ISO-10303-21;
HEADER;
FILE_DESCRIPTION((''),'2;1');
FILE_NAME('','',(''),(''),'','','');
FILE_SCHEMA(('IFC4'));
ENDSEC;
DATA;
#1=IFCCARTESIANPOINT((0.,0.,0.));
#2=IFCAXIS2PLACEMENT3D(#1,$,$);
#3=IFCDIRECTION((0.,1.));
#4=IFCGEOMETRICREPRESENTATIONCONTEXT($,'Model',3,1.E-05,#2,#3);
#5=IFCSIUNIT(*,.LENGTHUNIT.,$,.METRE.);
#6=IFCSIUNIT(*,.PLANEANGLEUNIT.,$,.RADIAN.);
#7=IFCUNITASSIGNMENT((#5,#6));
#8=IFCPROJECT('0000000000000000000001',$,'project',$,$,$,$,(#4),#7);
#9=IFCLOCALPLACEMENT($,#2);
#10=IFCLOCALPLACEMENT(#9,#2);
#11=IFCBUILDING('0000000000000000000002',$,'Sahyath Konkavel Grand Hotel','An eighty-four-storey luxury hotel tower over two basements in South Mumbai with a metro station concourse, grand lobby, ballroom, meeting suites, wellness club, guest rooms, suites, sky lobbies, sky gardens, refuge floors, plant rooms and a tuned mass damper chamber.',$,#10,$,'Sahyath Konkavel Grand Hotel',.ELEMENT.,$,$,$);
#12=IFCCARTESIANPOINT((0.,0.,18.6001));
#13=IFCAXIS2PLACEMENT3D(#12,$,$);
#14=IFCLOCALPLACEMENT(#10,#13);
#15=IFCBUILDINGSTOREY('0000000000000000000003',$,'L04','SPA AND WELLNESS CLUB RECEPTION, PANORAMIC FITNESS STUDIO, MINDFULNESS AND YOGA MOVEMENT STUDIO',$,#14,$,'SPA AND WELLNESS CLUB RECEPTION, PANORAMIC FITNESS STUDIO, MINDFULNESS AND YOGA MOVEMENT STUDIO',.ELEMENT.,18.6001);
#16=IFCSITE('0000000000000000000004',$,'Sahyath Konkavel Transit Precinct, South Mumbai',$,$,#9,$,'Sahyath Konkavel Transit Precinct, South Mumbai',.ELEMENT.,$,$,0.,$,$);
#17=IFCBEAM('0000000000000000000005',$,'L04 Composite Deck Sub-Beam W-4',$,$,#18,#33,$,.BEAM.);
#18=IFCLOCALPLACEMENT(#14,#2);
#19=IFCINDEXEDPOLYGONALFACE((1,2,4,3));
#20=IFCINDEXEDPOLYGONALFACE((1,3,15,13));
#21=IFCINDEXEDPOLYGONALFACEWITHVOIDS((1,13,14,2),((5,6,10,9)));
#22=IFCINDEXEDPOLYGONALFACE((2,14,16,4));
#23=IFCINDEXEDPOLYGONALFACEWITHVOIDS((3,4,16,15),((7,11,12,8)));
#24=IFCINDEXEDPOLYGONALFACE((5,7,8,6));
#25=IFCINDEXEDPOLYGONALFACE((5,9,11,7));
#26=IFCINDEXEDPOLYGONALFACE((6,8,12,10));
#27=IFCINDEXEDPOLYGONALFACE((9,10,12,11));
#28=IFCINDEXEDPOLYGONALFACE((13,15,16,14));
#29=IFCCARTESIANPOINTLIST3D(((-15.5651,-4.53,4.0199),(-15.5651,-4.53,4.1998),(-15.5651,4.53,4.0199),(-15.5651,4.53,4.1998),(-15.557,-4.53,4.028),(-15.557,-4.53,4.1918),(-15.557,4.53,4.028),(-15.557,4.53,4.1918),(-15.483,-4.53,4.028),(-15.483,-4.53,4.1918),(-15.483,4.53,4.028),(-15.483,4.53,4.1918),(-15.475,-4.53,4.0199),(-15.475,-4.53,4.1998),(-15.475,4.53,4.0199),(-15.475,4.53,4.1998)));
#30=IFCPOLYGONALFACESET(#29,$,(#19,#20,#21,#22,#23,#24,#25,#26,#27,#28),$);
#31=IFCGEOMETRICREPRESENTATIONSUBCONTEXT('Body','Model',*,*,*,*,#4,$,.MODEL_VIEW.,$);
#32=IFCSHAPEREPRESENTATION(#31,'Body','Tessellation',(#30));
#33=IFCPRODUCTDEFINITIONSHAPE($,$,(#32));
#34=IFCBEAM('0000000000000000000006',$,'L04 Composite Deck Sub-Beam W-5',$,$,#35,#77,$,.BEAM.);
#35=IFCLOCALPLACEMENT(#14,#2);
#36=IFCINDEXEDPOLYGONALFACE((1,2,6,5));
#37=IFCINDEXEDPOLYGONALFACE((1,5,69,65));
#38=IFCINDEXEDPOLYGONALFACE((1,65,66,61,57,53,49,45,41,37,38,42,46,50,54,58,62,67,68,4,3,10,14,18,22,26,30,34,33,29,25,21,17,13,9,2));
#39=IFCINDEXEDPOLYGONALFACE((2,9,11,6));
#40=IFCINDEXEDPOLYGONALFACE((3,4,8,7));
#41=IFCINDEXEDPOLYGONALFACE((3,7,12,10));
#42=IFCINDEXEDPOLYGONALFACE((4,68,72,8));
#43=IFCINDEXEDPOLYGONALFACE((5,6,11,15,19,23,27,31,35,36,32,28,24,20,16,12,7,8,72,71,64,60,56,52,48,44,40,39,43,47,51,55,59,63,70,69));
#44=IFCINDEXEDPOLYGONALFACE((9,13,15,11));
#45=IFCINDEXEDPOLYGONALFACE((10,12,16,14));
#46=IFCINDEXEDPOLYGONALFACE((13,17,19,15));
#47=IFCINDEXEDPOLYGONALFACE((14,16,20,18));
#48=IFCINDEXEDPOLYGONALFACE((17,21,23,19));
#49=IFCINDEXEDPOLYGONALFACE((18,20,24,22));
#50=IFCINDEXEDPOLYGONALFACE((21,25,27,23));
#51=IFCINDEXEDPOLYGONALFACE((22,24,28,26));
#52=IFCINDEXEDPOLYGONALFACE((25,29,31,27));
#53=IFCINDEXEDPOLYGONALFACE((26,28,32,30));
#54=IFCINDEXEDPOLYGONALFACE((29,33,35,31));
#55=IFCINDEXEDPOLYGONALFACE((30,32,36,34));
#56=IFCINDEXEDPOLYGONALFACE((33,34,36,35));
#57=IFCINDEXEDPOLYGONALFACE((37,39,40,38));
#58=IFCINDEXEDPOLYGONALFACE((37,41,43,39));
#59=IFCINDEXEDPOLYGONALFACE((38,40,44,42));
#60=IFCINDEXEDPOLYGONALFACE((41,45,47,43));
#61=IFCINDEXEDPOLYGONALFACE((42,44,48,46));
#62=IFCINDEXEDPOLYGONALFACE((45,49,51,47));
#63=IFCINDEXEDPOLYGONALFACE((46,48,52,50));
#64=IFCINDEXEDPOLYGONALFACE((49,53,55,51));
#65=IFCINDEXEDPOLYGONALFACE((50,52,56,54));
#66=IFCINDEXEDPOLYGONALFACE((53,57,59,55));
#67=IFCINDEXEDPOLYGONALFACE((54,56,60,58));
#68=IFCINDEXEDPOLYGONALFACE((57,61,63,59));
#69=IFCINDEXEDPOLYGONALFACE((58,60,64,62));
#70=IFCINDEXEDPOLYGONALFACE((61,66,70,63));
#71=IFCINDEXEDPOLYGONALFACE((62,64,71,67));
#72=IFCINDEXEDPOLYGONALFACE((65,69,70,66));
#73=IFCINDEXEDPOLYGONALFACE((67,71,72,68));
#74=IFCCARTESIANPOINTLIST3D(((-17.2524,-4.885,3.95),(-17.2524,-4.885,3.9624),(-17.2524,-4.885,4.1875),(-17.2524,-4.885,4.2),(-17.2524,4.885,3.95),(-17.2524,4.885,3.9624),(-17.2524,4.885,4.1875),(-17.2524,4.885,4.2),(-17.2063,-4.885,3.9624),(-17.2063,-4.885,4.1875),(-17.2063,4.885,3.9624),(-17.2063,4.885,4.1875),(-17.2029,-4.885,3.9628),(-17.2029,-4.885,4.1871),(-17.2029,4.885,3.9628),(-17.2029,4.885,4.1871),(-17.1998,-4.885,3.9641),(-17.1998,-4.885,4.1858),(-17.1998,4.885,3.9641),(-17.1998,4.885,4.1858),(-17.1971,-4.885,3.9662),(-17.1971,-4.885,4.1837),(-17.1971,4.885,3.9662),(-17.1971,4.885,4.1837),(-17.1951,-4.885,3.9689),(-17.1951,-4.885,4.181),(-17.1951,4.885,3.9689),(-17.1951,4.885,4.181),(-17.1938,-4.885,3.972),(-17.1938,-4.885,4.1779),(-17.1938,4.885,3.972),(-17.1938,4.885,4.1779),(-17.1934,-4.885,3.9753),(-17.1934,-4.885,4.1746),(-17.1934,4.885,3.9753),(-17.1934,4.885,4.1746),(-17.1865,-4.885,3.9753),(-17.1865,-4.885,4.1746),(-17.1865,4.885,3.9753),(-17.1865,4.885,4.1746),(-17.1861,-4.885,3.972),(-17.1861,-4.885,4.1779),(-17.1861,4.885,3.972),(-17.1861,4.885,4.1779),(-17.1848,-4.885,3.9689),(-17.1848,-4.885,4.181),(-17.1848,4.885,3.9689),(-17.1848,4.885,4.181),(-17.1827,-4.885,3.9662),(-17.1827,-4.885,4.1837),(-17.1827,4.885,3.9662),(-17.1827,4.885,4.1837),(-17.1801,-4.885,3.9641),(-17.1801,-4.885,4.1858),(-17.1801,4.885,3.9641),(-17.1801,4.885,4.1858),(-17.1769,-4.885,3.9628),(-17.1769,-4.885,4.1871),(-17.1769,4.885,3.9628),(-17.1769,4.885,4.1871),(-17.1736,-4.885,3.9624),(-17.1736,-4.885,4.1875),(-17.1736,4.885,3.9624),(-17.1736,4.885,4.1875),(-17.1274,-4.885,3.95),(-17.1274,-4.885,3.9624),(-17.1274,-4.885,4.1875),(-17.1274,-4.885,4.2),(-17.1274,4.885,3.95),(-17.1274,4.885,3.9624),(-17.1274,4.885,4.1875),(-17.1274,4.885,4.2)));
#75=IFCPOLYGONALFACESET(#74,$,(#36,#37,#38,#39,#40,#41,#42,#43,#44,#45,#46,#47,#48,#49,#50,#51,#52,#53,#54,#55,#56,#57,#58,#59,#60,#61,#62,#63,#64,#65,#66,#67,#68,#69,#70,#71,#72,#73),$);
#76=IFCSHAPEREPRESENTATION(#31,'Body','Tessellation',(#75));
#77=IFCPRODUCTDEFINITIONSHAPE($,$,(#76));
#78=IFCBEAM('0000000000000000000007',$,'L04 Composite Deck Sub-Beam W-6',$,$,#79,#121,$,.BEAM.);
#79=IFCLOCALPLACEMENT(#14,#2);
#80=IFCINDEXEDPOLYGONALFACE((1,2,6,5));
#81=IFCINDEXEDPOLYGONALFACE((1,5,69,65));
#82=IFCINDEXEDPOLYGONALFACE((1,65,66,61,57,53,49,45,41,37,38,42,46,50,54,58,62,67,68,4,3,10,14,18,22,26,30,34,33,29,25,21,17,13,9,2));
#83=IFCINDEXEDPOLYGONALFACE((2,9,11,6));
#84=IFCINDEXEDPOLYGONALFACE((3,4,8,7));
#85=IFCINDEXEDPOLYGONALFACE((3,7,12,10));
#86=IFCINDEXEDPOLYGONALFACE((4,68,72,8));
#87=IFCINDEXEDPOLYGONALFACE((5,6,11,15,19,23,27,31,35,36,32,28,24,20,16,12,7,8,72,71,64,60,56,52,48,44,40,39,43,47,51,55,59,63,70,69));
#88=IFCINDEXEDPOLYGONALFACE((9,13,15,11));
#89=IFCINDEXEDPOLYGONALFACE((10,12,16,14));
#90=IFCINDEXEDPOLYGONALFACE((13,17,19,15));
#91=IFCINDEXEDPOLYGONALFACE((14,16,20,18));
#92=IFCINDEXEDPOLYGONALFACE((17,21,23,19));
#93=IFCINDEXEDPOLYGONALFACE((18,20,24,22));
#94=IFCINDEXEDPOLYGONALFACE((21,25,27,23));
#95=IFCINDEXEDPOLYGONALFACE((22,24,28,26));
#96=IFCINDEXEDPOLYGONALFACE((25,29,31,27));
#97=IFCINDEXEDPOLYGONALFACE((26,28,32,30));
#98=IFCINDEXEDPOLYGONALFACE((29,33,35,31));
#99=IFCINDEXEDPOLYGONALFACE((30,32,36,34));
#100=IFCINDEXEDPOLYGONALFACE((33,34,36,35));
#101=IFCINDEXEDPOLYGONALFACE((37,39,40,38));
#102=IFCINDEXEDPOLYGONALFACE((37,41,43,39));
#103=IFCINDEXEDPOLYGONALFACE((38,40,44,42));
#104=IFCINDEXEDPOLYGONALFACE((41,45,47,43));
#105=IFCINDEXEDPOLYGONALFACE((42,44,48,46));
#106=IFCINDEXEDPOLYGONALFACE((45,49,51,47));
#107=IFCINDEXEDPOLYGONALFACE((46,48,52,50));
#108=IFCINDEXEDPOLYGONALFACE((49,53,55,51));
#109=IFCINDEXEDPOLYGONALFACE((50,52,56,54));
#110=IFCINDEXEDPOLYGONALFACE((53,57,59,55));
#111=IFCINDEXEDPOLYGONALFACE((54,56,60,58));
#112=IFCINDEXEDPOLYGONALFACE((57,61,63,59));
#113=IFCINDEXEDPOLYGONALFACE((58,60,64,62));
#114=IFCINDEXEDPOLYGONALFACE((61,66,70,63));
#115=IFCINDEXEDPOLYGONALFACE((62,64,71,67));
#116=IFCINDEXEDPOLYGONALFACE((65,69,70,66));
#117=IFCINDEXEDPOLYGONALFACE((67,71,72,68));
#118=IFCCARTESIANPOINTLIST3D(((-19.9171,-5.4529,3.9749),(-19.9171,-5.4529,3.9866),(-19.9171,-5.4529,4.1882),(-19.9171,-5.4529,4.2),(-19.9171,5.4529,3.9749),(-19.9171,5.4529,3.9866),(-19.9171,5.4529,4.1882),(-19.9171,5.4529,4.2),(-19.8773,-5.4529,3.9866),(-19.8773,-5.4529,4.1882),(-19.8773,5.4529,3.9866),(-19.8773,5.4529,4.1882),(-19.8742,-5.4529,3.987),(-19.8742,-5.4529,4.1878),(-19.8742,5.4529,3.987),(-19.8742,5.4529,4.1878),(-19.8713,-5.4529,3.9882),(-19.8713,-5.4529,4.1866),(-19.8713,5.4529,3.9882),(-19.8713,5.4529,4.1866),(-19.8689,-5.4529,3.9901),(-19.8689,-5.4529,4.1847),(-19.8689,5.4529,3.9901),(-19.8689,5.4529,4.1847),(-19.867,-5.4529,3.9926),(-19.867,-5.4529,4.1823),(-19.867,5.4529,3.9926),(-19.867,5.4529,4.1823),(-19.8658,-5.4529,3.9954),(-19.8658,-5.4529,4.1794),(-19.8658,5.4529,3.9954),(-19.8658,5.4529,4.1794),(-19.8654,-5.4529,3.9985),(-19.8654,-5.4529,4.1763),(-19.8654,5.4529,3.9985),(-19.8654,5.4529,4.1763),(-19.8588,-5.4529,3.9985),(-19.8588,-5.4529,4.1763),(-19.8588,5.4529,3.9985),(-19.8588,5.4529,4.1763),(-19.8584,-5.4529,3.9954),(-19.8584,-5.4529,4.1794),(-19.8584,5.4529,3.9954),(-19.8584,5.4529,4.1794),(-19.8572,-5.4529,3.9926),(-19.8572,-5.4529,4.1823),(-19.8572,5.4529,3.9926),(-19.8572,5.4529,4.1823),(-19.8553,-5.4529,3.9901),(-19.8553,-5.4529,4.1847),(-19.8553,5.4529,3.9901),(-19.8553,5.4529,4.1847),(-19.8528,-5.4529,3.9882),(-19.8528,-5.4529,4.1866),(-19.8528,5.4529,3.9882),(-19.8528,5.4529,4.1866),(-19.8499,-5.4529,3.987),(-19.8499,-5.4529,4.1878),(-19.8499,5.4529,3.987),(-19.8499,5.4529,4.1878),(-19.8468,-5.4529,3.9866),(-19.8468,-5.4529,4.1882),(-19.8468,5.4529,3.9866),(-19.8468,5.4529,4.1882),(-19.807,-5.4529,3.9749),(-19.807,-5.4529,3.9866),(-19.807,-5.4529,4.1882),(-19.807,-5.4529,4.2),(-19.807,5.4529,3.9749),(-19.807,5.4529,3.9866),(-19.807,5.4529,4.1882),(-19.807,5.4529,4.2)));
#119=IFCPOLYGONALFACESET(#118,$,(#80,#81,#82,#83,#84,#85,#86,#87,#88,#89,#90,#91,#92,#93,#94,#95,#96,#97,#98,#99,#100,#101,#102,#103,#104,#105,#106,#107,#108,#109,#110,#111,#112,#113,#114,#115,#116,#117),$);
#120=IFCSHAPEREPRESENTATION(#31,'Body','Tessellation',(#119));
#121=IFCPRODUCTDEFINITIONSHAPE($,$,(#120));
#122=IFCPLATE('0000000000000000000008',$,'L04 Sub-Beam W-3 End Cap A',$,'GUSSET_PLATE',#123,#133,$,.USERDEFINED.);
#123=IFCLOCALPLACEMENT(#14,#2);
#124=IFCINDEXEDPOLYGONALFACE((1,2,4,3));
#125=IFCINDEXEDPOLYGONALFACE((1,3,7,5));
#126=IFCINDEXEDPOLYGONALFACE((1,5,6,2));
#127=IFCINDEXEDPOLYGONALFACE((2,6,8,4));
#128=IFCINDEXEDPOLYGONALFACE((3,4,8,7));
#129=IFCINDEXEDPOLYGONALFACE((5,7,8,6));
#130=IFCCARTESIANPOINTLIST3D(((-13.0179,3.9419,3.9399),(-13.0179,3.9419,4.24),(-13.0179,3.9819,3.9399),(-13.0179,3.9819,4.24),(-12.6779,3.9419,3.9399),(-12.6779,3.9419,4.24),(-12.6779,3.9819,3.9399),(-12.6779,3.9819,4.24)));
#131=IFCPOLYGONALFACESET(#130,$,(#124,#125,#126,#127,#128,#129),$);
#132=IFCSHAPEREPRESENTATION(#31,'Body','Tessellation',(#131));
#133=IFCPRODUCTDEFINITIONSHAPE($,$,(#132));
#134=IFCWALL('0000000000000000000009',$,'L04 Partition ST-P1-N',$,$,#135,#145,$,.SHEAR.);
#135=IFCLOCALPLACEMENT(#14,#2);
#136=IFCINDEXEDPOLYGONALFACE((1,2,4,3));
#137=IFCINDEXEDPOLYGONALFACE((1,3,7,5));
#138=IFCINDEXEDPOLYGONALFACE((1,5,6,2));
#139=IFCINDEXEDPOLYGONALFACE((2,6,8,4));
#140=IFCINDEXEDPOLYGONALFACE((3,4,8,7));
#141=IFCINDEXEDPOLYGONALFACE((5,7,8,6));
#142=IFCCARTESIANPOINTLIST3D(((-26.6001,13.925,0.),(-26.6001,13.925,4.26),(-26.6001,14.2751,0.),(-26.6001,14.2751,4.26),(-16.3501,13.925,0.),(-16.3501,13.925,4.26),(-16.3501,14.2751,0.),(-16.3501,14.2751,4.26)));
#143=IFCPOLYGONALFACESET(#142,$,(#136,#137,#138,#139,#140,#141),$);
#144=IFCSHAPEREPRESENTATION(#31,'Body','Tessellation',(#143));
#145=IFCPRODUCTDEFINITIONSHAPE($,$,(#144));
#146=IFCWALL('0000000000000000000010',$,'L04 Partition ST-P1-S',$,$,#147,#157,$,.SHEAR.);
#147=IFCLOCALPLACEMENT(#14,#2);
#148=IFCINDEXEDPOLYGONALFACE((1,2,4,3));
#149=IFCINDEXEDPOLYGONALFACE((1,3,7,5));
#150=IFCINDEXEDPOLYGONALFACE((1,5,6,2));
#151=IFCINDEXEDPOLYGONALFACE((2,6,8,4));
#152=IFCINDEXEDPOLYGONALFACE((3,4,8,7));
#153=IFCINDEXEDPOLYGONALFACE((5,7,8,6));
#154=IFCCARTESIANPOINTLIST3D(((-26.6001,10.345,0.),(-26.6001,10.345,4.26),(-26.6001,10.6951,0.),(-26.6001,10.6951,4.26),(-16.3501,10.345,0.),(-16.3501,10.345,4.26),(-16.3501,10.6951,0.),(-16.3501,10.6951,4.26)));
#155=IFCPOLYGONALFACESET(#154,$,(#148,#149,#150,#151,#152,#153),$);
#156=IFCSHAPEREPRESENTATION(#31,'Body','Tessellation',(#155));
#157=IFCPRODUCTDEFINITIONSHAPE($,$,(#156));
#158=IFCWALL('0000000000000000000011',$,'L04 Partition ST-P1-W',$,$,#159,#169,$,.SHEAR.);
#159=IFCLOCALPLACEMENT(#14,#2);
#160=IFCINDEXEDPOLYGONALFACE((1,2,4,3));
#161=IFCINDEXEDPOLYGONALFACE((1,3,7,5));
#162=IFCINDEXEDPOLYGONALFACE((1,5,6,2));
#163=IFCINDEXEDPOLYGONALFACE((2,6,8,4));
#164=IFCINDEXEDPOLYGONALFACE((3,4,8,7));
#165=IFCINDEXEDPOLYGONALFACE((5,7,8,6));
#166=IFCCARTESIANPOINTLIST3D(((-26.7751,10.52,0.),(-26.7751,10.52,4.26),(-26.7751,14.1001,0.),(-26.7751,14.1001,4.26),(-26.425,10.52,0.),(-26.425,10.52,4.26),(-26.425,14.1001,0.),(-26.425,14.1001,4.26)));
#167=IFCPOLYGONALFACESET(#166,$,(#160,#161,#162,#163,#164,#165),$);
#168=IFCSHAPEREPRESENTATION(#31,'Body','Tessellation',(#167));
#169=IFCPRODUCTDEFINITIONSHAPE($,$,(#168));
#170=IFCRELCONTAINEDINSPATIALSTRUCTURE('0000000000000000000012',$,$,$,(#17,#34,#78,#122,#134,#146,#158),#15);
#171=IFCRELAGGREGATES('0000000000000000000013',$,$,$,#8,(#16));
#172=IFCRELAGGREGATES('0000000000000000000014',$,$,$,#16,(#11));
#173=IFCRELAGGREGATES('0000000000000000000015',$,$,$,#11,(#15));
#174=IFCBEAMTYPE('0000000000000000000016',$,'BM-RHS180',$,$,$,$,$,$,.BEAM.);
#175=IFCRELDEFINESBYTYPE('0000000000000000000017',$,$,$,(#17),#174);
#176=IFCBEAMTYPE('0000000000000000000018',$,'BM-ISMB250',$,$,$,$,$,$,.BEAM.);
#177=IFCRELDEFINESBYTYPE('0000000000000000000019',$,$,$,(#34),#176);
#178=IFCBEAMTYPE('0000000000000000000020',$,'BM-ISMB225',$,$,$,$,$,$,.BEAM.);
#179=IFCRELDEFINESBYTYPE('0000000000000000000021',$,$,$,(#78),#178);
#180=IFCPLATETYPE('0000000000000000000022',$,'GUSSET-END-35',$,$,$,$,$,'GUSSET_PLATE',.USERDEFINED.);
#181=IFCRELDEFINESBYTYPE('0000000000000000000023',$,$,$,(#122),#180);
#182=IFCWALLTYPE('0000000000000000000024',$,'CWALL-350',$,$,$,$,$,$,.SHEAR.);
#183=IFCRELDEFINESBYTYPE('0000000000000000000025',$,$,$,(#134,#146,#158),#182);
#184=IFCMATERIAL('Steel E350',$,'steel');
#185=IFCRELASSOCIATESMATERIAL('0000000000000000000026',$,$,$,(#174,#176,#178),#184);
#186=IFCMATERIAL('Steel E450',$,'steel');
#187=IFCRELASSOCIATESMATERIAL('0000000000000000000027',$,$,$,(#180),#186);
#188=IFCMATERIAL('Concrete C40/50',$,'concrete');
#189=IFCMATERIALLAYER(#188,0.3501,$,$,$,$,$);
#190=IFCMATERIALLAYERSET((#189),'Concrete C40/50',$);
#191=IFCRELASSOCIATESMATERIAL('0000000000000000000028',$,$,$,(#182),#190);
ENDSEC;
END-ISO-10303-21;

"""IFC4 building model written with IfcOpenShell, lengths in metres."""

from ifc_helpers import new_model, si_unit, direction, frame, frame_2d, origin, origin_2d, place, context, subcontext, project, spatial, rectangle, hollow_rectangle, i_section, extrude, source, transform, mapped, material, layer, layer_set, material_profile, profile_set, type_object, element, save


model = new_model("IFC4")

# Units and contexts
model_context = context("Model", 3, precision=1e-05, world=origin(), true_north=direction((0.0, 1.0)))
body_context = subcontext(model_context, "Body", "Model", "MODEL_VIEW")
ifc_project = project(units=[si_unit("LENGTHUNIT", "METRE"), si_unit("PLANEANGLEUNIT", "RADIAN")], contexts=[model_context])

# Site, building, storey
site_placement = place(None, origin())
site = spatial("IfcSite", under=ifc_project, at=site_placement, Name="Sahyath Konkavel Transit Precinct, South Mumbai", LongName="Sahyath Konkavel Transit Precinct, South Mumbai", CompositionType="ELEMENT", RefElevation=0.0)
building_placement = place(site_placement, origin())
building = spatial("IfcBuilding", under=site, at=building_placement, Name="Sahyath Konkavel Grand Hotel", Description="An eighty-four-storey luxury hotel tower over two basements in South Mumbai with a metro station concourse, grand lobby, ballroom, meeting suites, wellness club, guest rooms, suites, sky lobbies, sky gardens, refuge floors, plant rooms and a tuned mass damper chamber.", LongName="Sahyath Konkavel Grand Hotel", CompositionType="ELEMENT")
storey_placement = place(building_placement, frame((0.0, 0.0, 18.6001)))
storey = spatial("IfcBuildingStorey", under=building, at=storey_placement, Name="L04", Description="SPA AND WELLNESS CLUB RECEPTION, PANORAMIC FITNESS STUDIO, MINDFULNESS AND YOGA MOVEMENT STUDIO", LongName="SPA AND WELLNESS CLUB RECEPTION, PANORAMIC FITNESS STUDIO, MINDFULNESS AND YOGA MOVEMENT STUDIO", CompositionType="ELEMENT", Elevation=18.6001)

# Beams
ifc_material_1 = material(Name="Steel E350", Category="steel")
ifc_material_profile_1 = material_profile(ifc_material_1, hollow_rectangle(XDim=0.0901, YDim=0.1799, WallThickness=0.0081, at=origin_2d()), Name="RHS 180x90x8")
ifc_profile_set_1 = profile_set([ifc_material_profile_1], Name="Steel E350")
beam_type_1 = type_object("IfcBeamType", Name="BM-RHS180", PredefinedType="BEAM", material=ifc_profile_set_1)
shared_shape_1 = source(origin(), body_context, "Body", "SweptSolid", [
    extrude(hollow_rectangle(XDim=0.0901, YDim=0.1799, WallThickness=0.0081, at=origin_2d()), origin(), (0.0, 0.0, 1.0), 9.0601),
])
beam_1_placement = place(storey_placement, frame((-15.52, 4.53, 4.1099), z_axis=(0.0, -1.0, 0.0), x_axis=(1.0, 0.0, 0.0)))
element("IfcBeam", 1, at=beam_1_placement, inside=storey, type_object=beam_type_1, Name="L04 Composite Deck Sub-Beam W-4", PredefinedType="BEAM", context=body_context, shape_type="MappedRepresentation", body=[
    mapped(shared_shape_1, transform((0.0, 0.0, 0.0), scale=1.0)),
])
ifc_material_profile_2 = material_profile(ifc_material_1, i_section(OverallWidth=0.125, OverallDepth=0.25, WebThickness=0.0068, FlangeThickness=0.0125, FilletRadius=0.0129, at=origin_2d()), Name="ISMB 250")
ifc_profile_set_2 = profile_set([ifc_material_profile_2], Name="Steel E350")
beam_type_2 = type_object("IfcBeamType", Name="BM-ISMB250", PredefinedType="BEAM", material=ifc_profile_set_2)
shared_shape_2 = source(origin(), body_context, "Body", "SweptSolid", [
    extrude(i_section(OverallWidth=0.125, OverallDepth=0.25, WebThickness=0.0068, FlangeThickness=0.0125, FilletRadius=0.0129, at=origin_2d()), origin(), (0.0, 0.0, 1.0), 9.77),
])
beam_2_placement = place(storey_placement, frame((-17.1899, 4.885, 4.075), z_axis=(0.0, -1.0, 0.0), x_axis=(1.0, 0.0, 0.0)))
element("IfcBeam", 2, at=beam_2_placement, inside=storey, type_object=beam_type_2, Name="L04 Composite Deck Sub-Beam W-5", PredefinedType="BEAM", context=body_context, shape_type="MappedRepresentation", body=[
    mapped(shared_shape_2, transform((0.0, 0.0, 0.0), scale=1.0)),
])
ifc_material_profile_3 = material_profile(ifc_material_1, i_section(OverallWidth=0.1101, OverallDepth=0.2251, WebThickness=0.0066, FlangeThickness=0.0117, FilletRadius=0.012, at=origin_2d()), Name="ISMB 225")
ifc_profile_set_3 = profile_set([ifc_material_profile_3], Name="Steel E350")
beam_type_3 = type_object("IfcBeamType", Name="BM-ISMB225", PredefinedType="BEAM", material=ifc_profile_set_3)
shared_shape_3 = source(origin(), body_context, "Body", "SweptSolid", [
    extrude(i_section(OverallWidth=0.1101, OverallDepth=0.2251, WebThickness=0.0066, FlangeThickness=0.0117, FilletRadius=0.012, at=origin_2d()), origin(), (0.0, 0.0, 1.0), 10.9058),
])
beam_3_placement = place(storey_placement, frame((-19.8621, 5.4529, 4.0874), z_axis=(0.0, -1.0, 0.0), x_axis=(1.0, 0.0, 0.0)))
element("IfcBeam", 3, at=beam_3_placement, inside=storey, type_object=beam_type_3, Name="L04 Composite Deck Sub-Beam W-6", PredefinedType="BEAM", context=body_context, shape_type="MappedRepresentation", body=[
    mapped(shared_shape_3, transform((0.0, 0.0, 0.0), scale=1.0)),
])

# Plate
ifc_material_2 = material(Name="Steel E450", Category="steel")
plate_type = type_object("IfcPlateType", Name="GUSSET-END-35", ElementType="GUSSET_PLATE", PredefinedType="USERDEFINED", material=ifc_material_2)
shared_shape_4 = source(origin(), body_context, "Body", "SweptSolid", [
    extrude(rectangle(XDim=0.04, YDim=0.3401, at=origin_2d()), origin(), (0.0, 0.0, 1.0), 0.3),
])
plate_placement = place(storey_placement, frame((-12.8479, 3.9619, 3.9399), z_axis=(0.0, 0.0, 1.0), x_axis=(0.0, -1.0, 0.0)))
element("IfcPlate", 4, at=plate_placement, inside=storey, type_object=plate_type, Name="L04 Sub-Beam W-3 End Cap A", ObjectType="GUSSET_PLATE", PredefinedType="USERDEFINED", context=body_context, shape_type="MappedRepresentation", body=[
    mapped(shared_shape_4, transform((0.0, 0.0, 0.0), scale=1.0)),
])

# Walls
ifc_material_3 = material(Name="Concrete C40/50", Category="concrete")
ifc_layer_1 = layer(ifc_material_3, 0.3501)
ifc_layer_set_1 = layer_set([ifc_layer_1], Name="Concrete C40/50")
wall_type_1 = type_object("IfcWallType", Name="CWALL-350", PredefinedType="SHEAR", material=ifc_layer_set_1)
for number, where, z_axis, x_axis, name in (
    (5, (-26.6001, 14.1001, 0.0), (0.0, 0.0, 1.0), (1.0, 0.0, 0.0), "L04 Partition ST-P1-N"),
    (6, (-26.6001, 10.52, 0.0), (0.0, 0.0, 1.0), (1.0, 0.0, 0.0), "L04 Partition ST-P1-S"),
):
    element("IfcWall", number, at=place(storey_placement, frame(where, z_axis=z_axis, x_axis=x_axis)), inside=storey, type_object=wall_type_1, Name=name, PredefinedType="SHEAR", context=body_context, shape_type="SweptSolid", body=[
        extrude(rectangle(XDim=10.25, YDim=0.3501, at=frame_2d((5.125, 0.0))), origin(), (0.0, 0.0, 1.0), 4.26),
    ])
wall_1_placement = place(storey_placement, frame((-26.6001, 10.52, 0.0), z_axis=(0.0, 0.0, 1.0), x_axis=(0.0, 1.0, 0.0)))
element("IfcWall", 7, at=wall_1_placement, inside=storey, type_object=wall_type_1, Name="L04 Partition ST-P1-W", PredefinedType="SHEAR", context=body_context, shape_type="SweptSolid", body=[
    extrude(rectangle(XDim=3.5801, YDim=0.3501, at=frame_2d((1.79, 0.0))), origin(), (0.0, 0.0, 1.0), 4.26),
])

save(model, "model.ifc")
